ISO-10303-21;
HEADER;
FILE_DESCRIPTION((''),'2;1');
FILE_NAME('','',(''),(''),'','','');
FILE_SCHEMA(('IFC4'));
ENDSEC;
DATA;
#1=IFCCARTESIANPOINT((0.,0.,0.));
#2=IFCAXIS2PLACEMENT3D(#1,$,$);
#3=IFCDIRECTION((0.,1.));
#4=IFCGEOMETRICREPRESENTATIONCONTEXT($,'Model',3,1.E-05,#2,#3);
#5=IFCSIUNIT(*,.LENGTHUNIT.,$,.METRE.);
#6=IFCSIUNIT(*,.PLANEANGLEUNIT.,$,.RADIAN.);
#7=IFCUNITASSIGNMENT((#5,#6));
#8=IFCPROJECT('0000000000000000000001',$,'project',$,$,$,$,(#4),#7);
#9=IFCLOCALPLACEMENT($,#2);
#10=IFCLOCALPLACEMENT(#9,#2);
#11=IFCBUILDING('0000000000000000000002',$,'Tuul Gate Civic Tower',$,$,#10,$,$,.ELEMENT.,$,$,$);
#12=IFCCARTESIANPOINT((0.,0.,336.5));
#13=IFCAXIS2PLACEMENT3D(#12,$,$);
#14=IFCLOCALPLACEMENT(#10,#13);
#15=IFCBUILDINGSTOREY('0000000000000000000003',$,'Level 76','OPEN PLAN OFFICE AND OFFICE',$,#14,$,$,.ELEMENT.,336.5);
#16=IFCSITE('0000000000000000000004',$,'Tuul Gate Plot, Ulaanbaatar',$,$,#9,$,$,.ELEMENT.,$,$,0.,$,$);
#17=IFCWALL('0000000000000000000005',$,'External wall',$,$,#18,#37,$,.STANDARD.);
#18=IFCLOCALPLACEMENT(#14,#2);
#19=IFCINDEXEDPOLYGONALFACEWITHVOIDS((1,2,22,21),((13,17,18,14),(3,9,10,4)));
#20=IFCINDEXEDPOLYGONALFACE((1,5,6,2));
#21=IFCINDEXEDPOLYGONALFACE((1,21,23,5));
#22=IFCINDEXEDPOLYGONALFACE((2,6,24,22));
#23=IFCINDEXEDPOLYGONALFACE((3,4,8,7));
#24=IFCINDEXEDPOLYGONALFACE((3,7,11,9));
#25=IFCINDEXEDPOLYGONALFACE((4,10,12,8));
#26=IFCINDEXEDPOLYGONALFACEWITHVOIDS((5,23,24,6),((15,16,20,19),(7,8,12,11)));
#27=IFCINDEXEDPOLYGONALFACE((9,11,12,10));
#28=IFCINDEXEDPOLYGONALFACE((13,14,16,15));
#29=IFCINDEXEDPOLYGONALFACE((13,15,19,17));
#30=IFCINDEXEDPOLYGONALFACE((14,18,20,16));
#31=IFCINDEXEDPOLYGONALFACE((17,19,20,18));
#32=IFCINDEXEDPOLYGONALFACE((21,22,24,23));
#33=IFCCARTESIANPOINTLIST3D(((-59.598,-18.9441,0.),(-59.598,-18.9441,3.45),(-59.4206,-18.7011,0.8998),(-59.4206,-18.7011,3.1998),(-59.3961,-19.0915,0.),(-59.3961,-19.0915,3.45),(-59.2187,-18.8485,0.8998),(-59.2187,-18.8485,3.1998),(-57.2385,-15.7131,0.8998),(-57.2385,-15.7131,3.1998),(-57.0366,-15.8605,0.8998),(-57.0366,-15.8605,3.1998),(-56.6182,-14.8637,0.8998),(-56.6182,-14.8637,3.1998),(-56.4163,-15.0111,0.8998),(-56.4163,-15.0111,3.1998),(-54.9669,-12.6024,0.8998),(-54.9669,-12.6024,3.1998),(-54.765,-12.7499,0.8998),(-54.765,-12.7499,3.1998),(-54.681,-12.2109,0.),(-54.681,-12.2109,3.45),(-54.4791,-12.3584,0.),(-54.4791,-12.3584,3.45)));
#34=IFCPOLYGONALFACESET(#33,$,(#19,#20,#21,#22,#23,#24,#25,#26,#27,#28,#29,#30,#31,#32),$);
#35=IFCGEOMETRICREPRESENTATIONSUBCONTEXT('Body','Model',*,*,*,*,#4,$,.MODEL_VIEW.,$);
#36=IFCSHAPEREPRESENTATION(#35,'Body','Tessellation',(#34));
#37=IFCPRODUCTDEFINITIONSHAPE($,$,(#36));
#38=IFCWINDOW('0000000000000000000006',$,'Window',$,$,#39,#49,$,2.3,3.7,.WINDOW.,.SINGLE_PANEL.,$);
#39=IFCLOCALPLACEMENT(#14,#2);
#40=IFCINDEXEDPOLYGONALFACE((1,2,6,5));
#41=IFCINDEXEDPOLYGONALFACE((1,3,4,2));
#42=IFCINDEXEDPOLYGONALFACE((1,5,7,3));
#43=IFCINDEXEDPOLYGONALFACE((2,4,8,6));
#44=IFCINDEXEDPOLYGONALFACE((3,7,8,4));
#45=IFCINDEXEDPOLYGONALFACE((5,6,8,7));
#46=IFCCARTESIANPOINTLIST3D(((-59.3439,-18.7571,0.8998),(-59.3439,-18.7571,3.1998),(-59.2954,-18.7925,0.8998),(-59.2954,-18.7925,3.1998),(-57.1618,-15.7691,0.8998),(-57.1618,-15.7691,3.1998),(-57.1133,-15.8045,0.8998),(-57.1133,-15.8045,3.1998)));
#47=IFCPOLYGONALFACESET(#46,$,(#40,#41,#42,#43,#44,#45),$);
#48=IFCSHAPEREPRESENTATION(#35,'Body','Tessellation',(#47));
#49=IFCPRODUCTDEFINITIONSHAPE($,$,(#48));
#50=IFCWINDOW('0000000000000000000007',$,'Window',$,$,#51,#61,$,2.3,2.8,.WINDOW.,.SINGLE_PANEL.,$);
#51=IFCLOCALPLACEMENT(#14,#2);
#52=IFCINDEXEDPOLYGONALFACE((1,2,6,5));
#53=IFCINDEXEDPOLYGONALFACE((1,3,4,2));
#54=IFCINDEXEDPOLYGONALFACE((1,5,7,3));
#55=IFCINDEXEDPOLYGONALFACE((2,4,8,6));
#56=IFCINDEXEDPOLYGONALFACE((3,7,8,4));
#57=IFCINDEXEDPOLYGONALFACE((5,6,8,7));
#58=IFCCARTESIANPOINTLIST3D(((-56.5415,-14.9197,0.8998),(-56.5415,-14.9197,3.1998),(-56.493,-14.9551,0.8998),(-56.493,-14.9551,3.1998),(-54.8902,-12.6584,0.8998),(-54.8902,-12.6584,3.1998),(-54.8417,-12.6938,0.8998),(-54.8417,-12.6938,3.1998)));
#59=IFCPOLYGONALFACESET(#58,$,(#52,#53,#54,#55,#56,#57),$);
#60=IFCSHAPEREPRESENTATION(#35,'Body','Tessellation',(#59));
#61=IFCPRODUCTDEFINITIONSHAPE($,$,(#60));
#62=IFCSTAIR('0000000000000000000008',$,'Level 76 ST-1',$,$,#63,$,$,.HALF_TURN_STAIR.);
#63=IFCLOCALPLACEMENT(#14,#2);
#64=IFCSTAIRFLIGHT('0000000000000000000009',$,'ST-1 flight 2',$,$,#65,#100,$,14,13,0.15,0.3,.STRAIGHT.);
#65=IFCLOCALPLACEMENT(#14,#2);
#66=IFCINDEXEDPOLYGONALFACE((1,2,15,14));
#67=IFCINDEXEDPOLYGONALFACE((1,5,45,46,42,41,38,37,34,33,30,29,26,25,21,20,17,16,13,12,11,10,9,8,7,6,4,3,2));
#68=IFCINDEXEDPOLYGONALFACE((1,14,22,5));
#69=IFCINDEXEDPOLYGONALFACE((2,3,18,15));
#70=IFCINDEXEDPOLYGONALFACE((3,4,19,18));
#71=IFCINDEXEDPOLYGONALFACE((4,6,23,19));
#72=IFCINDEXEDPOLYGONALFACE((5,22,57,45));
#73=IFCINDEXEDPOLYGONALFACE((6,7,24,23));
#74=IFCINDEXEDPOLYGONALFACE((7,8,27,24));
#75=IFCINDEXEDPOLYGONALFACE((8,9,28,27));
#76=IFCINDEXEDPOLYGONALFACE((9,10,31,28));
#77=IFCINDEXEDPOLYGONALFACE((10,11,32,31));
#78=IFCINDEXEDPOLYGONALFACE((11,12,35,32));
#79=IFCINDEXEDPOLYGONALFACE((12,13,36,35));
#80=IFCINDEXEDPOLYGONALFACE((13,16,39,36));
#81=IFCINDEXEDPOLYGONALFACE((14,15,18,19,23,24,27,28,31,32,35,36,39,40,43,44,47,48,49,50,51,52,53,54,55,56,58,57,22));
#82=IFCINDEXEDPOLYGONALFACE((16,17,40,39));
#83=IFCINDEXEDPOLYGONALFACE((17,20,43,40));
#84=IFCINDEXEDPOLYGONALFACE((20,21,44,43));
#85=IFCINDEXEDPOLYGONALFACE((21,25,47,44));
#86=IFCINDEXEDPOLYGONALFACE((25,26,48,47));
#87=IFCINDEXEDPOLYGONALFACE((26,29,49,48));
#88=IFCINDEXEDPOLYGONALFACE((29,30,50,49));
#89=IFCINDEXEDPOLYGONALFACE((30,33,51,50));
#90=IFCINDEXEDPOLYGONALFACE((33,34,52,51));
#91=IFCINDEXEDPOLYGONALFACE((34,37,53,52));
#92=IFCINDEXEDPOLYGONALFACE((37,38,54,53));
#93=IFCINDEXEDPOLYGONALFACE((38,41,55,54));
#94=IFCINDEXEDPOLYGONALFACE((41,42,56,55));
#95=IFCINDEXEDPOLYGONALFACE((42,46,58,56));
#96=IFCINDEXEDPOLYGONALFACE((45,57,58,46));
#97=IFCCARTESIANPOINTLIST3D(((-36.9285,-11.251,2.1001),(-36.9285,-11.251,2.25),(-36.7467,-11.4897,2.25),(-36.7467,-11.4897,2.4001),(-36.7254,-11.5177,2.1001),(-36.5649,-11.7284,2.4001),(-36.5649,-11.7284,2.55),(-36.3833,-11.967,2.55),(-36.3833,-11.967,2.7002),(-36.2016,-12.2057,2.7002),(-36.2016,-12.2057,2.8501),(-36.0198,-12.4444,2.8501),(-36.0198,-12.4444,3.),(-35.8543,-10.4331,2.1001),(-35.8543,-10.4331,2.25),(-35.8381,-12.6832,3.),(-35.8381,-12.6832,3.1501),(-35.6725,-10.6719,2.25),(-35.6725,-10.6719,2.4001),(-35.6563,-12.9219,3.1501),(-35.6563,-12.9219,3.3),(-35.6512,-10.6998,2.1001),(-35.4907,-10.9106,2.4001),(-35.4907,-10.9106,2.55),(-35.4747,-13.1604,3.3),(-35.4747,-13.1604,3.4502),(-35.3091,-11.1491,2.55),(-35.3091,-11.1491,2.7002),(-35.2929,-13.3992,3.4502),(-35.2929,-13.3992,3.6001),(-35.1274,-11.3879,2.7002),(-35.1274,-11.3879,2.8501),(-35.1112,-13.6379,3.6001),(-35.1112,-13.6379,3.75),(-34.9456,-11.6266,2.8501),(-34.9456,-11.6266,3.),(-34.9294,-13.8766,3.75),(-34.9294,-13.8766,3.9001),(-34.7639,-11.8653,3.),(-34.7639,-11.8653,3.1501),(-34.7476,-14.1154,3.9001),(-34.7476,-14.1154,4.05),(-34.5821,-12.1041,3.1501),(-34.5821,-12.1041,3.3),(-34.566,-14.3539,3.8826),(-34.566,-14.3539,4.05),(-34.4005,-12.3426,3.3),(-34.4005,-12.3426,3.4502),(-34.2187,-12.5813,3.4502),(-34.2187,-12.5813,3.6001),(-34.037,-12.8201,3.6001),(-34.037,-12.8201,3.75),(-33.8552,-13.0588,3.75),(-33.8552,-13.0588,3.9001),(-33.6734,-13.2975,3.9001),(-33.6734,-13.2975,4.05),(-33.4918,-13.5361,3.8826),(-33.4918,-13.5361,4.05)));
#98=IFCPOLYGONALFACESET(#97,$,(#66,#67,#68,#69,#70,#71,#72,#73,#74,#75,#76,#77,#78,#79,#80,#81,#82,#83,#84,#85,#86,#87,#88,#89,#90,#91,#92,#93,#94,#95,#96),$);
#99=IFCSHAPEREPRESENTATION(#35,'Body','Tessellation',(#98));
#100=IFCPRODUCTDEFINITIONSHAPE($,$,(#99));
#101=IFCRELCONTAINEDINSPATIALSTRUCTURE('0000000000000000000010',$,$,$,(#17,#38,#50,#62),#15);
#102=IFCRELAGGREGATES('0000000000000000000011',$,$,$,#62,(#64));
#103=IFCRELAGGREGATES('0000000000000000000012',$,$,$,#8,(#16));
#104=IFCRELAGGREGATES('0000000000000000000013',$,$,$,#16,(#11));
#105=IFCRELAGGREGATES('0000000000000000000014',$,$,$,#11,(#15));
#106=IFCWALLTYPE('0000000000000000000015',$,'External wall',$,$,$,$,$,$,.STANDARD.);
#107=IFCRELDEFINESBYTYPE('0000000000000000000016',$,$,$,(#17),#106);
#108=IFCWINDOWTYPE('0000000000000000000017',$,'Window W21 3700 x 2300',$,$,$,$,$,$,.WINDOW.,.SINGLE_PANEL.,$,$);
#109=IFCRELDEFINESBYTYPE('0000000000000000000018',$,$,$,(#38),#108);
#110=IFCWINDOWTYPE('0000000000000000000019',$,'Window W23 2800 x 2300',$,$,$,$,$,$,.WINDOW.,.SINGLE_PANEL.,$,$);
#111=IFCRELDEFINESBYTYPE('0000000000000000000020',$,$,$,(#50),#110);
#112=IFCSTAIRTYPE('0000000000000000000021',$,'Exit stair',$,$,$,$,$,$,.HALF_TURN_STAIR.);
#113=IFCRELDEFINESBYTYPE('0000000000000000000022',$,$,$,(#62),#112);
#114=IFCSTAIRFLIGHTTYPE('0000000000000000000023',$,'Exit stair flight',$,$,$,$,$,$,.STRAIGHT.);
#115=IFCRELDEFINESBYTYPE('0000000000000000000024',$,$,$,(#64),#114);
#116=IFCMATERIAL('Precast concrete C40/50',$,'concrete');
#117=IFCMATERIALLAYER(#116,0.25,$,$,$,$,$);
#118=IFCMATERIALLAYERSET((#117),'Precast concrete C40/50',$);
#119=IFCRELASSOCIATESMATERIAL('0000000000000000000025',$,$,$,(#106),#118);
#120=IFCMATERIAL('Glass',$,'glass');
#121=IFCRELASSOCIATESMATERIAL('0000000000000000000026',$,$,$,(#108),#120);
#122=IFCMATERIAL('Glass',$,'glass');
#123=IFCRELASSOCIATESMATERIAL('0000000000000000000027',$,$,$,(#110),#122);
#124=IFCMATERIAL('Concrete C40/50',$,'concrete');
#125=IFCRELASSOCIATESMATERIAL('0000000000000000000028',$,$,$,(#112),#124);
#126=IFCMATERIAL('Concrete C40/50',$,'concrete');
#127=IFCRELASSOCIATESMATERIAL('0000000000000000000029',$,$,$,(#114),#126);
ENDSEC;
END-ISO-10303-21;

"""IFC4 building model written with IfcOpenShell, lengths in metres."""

from ifc_helpers import new_model, si_unit, direction, frame, frame_2d, origin, place, context, subcontext, project, spatial, polyline, rectangle, outline, extrude, material, layer, layer_set, type_object, element, fill, aggregate, save


model = new_model("IFC4")

# Units and contexts
model_context = context("Model", 3, precision=1e-05, world=origin(), true_north=direction((0.0, 1.0)))
body_context = subcontext(model_context, "Body", "Model", "MODEL_VIEW")
ifc_project = project(units=[si_unit("LENGTHUNIT", "METRE"), si_unit("PLANEANGLEUNIT", "RADIAN")], contexts=[model_context])

# Site, building, storey
site_placement = place(None, origin())
site = spatial("IfcSite", under=ifc_project, at=site_placement, Name="Tuul Gate Plot, Ulaanbaatar", CompositionType="ELEMENT", RefElevation=0.0)
building_placement = place(site_placement, origin())
building = spatial("IfcBuilding", under=site, at=building_placement, Name="Tuul Gate Civic Tower", CompositionType="ELEMENT")
storey_placement = place(building_placement, frame((0.0, 0.0, 336.5)))
storey = spatial("IfcBuildingStorey", under=building, at=storey_placement, Name="Level 76", Description="OPEN PLAN OFFICE AND OFFICE", CompositionType="ELEMENT", Elevation=336.5)

# Wall, openings, windows
ifc_material_1 = material(Name="Precast concrete C40/50", Category="concrete")
ifc_layer_1 = layer(ifc_material_1, 0.25)
ifc_layer_set_1 = layer_set([ifc_layer_1], Name="Precast concrete C40/50")
wall_type_1 = type_object("IfcWallType", Name="External wall", PredefinedType="STANDARD", material=ifc_layer_set_1)
wall_1_placement = place(storey_placement, frame((-54.5801, -12.2847, 0.0), z_axis=(0.0, 0.0, 1.0), x_axis=(-0.589752, -0.807585, 0.0)))
wall_1 = element("IfcWall", 1, at=wall_1_placement, inside=storey, type_object=wall_type_1, Name="External wall", PredefinedType="STANDARD", context=body_context, shape_type="SweptSolid", body=[
    extrude(rectangle(XDim=8.3374, YDim=0.25, at=frame_2d((4.1687, 0.0))), origin(), (0.0, 0.0, 1.0), 3.45),
])
opening_1_placement = place(wall_1_placement, frame((0.4849, 0.0, 0.8999)))
opening_1 = element("IfcOpeningElement", 2, at=opening_1_placement, cuts=wall_1, PredefinedType="OPENING", context=body_context, shape_type="SweptSolid", body=[
    extrude(rectangle(XDim=2.8, YDim=2.3, at=frame_2d((1.3999, 1.1499))), frame((0.0, 0.135, 0.0), z_axis=(0.0, -1.0, 0.0), x_axis=(1.0, 0.0, 0.0)), (0.0, 0.0, 1.0), 0.27),
])
opening_2_placement = place(wall_1_placement, frame((4.3364, 0.0, 0.8999)))
opening_2 = element("IfcOpeningElement", 3, at=opening_2_placement, cuts=wall_1, PredefinedType="OPENING", context=body_context, shape_type="SweptSolid", body=[
    extrude(rectangle(XDim=3.7, YDim=2.3, at=frame_2d((1.8501, 1.1499))), frame((0.0, 0.135, 0.0), z_axis=(0.0, -1.0, 0.0), x_axis=(1.0, 0.0, 0.0)), (0.0, 0.0, 1.0), 0.27),
])
ifc_material_2 = material(Name="Glass", Category="glass")
window_type_1 = type_object("IfcWindowType", Name="Window W21 3700 x 2300", PartitioningType="SINGLE_PANEL", PredefinedType="WINDOW", material=ifc_material_2)
window_1_placement = place(opening_2_placement, origin())
window_1 = element("IfcWindow", 4, at=window_1_placement, inside=storey, type_object=window_type_1, Name="Window", OverallHeight=2.3, OverallWidth=3.7, PartitioningType="SINGLE_PANEL", PredefinedType="WINDOW", context=body_context, shape_type="SweptSolid", body=[
    extrude(rectangle(XDim=3.7, YDim=2.3, at=frame_2d((1.8501, 1.1499))), frame((0.0, 0.03, 0.0), z_axis=(0.0, -1.0, 0.0), x_axis=(1.0, 0.0, 0.0)), (0.0, 0.0, 1.0), 0.0601),
])
fill(opening_2, window_1)
ifc_material_3 = material(Name="Glass", Category="glass")
window_type_2 = type_object("IfcWindowType", Name="Window W23 2800 x 2300", PartitioningType="SINGLE_PANEL", PredefinedType="WINDOW", material=ifc_material_3)
window_2_placement = place(opening_1_placement, origin())
window_2 = element("IfcWindow", 5, at=window_2_placement, inside=storey, type_object=window_type_2, Name="Window", OverallHeight=2.3, OverallWidth=2.8, PartitioningType="SINGLE_PANEL", PredefinedType="WINDOW", context=body_context, shape_type="SweptSolid", body=[
    extrude(rectangle(XDim=2.8, YDim=2.3, at=frame_2d((1.3999, 1.1499))), frame((0.0, 0.03, 0.0), z_axis=(0.0, -1.0, 0.0), x_axis=(1.0, 0.0, 0.0)), (0.0, 0.0, 1.0), 0.0601),
])
fill(opening_1, window_2)

# Stair, stair flight
ifc_material_4 = material(Name="Concrete C40/50", Category="concrete")
stair_type = type_object("IfcStairType", Name="Exit stair", PredefinedType="HALF_TURN_STAIR", material=ifc_material_4)
stair_placement = place(storey_placement, origin())
stair = element("IfcStair", 6, at=stair_placement, inside=storey, type_object=stair_type, Name="Level 76 ST-1", PredefinedType="HALF_TURN_STAIR")
ifc_material_5 = material(Name="Concrete C40/50", Category="concrete")
stair_flight_type = type_object("IfcStairFlightType", Name="Exit stair flight", PredefinedType="STRAIGHT", material=ifc_material_5)
stair_flight_placement = place(storey_placement, frame((-36.3914, -10.842, 2.1001), z_axis=(0.0, 0.0, 1.0), x_axis=(0.605764, -0.795644, 0.0)))
stair_flight = element("IfcStairFlight", 7, at=stair_flight_placement, type_object=stair_flight_type, Name="ST-1 flight 2", NumberOfRisers=14, NumberOfTreads=13, PredefinedType="STRAIGHT", RiserHeight=0.15, TreadLength=0.3, context=body_context, shape_type="SweptSolid", body=[
    extrude(outline(polyline([(0.0, 0.0), (0.0, 0.1499), (0.3, 0.1499), (0.3, 0.3), (0.6001, 0.3), (0.6001, 0.45), (0.8999, 0.45), (0.8999, 0.6001), (1.2, 0.6001), (1.2, 0.75), (1.5, 0.75), (1.5, 0.8999), (1.8, 0.8999), (1.8, 1.05), (2.1001, 1.05), (2.1001, 1.2), (2.3999, 1.2), (2.3999, 1.3501), (2.7, 1.3501), (2.7, 1.5), (3.0, 1.5), (3.0, 1.6499), (3.3, 1.6499), (3.3, 1.8), (3.6001, 1.8), (3.6001, 1.95), (3.8999, 1.95), (3.8999, 2.1001), (3.8999, 1.7825), (0.3352, 0.0), (0.0, 0.0)])), frame((0.0, 0.675, 0.0), z_axis=(0.0, -1.0, 0.0), x_axis=(1.0, 0.0, 0.0)), (0.0, 0.0, 1.0), 1.3501),
])
aggregate(stair, [stair_flight])

save(model, "model.ifc")
